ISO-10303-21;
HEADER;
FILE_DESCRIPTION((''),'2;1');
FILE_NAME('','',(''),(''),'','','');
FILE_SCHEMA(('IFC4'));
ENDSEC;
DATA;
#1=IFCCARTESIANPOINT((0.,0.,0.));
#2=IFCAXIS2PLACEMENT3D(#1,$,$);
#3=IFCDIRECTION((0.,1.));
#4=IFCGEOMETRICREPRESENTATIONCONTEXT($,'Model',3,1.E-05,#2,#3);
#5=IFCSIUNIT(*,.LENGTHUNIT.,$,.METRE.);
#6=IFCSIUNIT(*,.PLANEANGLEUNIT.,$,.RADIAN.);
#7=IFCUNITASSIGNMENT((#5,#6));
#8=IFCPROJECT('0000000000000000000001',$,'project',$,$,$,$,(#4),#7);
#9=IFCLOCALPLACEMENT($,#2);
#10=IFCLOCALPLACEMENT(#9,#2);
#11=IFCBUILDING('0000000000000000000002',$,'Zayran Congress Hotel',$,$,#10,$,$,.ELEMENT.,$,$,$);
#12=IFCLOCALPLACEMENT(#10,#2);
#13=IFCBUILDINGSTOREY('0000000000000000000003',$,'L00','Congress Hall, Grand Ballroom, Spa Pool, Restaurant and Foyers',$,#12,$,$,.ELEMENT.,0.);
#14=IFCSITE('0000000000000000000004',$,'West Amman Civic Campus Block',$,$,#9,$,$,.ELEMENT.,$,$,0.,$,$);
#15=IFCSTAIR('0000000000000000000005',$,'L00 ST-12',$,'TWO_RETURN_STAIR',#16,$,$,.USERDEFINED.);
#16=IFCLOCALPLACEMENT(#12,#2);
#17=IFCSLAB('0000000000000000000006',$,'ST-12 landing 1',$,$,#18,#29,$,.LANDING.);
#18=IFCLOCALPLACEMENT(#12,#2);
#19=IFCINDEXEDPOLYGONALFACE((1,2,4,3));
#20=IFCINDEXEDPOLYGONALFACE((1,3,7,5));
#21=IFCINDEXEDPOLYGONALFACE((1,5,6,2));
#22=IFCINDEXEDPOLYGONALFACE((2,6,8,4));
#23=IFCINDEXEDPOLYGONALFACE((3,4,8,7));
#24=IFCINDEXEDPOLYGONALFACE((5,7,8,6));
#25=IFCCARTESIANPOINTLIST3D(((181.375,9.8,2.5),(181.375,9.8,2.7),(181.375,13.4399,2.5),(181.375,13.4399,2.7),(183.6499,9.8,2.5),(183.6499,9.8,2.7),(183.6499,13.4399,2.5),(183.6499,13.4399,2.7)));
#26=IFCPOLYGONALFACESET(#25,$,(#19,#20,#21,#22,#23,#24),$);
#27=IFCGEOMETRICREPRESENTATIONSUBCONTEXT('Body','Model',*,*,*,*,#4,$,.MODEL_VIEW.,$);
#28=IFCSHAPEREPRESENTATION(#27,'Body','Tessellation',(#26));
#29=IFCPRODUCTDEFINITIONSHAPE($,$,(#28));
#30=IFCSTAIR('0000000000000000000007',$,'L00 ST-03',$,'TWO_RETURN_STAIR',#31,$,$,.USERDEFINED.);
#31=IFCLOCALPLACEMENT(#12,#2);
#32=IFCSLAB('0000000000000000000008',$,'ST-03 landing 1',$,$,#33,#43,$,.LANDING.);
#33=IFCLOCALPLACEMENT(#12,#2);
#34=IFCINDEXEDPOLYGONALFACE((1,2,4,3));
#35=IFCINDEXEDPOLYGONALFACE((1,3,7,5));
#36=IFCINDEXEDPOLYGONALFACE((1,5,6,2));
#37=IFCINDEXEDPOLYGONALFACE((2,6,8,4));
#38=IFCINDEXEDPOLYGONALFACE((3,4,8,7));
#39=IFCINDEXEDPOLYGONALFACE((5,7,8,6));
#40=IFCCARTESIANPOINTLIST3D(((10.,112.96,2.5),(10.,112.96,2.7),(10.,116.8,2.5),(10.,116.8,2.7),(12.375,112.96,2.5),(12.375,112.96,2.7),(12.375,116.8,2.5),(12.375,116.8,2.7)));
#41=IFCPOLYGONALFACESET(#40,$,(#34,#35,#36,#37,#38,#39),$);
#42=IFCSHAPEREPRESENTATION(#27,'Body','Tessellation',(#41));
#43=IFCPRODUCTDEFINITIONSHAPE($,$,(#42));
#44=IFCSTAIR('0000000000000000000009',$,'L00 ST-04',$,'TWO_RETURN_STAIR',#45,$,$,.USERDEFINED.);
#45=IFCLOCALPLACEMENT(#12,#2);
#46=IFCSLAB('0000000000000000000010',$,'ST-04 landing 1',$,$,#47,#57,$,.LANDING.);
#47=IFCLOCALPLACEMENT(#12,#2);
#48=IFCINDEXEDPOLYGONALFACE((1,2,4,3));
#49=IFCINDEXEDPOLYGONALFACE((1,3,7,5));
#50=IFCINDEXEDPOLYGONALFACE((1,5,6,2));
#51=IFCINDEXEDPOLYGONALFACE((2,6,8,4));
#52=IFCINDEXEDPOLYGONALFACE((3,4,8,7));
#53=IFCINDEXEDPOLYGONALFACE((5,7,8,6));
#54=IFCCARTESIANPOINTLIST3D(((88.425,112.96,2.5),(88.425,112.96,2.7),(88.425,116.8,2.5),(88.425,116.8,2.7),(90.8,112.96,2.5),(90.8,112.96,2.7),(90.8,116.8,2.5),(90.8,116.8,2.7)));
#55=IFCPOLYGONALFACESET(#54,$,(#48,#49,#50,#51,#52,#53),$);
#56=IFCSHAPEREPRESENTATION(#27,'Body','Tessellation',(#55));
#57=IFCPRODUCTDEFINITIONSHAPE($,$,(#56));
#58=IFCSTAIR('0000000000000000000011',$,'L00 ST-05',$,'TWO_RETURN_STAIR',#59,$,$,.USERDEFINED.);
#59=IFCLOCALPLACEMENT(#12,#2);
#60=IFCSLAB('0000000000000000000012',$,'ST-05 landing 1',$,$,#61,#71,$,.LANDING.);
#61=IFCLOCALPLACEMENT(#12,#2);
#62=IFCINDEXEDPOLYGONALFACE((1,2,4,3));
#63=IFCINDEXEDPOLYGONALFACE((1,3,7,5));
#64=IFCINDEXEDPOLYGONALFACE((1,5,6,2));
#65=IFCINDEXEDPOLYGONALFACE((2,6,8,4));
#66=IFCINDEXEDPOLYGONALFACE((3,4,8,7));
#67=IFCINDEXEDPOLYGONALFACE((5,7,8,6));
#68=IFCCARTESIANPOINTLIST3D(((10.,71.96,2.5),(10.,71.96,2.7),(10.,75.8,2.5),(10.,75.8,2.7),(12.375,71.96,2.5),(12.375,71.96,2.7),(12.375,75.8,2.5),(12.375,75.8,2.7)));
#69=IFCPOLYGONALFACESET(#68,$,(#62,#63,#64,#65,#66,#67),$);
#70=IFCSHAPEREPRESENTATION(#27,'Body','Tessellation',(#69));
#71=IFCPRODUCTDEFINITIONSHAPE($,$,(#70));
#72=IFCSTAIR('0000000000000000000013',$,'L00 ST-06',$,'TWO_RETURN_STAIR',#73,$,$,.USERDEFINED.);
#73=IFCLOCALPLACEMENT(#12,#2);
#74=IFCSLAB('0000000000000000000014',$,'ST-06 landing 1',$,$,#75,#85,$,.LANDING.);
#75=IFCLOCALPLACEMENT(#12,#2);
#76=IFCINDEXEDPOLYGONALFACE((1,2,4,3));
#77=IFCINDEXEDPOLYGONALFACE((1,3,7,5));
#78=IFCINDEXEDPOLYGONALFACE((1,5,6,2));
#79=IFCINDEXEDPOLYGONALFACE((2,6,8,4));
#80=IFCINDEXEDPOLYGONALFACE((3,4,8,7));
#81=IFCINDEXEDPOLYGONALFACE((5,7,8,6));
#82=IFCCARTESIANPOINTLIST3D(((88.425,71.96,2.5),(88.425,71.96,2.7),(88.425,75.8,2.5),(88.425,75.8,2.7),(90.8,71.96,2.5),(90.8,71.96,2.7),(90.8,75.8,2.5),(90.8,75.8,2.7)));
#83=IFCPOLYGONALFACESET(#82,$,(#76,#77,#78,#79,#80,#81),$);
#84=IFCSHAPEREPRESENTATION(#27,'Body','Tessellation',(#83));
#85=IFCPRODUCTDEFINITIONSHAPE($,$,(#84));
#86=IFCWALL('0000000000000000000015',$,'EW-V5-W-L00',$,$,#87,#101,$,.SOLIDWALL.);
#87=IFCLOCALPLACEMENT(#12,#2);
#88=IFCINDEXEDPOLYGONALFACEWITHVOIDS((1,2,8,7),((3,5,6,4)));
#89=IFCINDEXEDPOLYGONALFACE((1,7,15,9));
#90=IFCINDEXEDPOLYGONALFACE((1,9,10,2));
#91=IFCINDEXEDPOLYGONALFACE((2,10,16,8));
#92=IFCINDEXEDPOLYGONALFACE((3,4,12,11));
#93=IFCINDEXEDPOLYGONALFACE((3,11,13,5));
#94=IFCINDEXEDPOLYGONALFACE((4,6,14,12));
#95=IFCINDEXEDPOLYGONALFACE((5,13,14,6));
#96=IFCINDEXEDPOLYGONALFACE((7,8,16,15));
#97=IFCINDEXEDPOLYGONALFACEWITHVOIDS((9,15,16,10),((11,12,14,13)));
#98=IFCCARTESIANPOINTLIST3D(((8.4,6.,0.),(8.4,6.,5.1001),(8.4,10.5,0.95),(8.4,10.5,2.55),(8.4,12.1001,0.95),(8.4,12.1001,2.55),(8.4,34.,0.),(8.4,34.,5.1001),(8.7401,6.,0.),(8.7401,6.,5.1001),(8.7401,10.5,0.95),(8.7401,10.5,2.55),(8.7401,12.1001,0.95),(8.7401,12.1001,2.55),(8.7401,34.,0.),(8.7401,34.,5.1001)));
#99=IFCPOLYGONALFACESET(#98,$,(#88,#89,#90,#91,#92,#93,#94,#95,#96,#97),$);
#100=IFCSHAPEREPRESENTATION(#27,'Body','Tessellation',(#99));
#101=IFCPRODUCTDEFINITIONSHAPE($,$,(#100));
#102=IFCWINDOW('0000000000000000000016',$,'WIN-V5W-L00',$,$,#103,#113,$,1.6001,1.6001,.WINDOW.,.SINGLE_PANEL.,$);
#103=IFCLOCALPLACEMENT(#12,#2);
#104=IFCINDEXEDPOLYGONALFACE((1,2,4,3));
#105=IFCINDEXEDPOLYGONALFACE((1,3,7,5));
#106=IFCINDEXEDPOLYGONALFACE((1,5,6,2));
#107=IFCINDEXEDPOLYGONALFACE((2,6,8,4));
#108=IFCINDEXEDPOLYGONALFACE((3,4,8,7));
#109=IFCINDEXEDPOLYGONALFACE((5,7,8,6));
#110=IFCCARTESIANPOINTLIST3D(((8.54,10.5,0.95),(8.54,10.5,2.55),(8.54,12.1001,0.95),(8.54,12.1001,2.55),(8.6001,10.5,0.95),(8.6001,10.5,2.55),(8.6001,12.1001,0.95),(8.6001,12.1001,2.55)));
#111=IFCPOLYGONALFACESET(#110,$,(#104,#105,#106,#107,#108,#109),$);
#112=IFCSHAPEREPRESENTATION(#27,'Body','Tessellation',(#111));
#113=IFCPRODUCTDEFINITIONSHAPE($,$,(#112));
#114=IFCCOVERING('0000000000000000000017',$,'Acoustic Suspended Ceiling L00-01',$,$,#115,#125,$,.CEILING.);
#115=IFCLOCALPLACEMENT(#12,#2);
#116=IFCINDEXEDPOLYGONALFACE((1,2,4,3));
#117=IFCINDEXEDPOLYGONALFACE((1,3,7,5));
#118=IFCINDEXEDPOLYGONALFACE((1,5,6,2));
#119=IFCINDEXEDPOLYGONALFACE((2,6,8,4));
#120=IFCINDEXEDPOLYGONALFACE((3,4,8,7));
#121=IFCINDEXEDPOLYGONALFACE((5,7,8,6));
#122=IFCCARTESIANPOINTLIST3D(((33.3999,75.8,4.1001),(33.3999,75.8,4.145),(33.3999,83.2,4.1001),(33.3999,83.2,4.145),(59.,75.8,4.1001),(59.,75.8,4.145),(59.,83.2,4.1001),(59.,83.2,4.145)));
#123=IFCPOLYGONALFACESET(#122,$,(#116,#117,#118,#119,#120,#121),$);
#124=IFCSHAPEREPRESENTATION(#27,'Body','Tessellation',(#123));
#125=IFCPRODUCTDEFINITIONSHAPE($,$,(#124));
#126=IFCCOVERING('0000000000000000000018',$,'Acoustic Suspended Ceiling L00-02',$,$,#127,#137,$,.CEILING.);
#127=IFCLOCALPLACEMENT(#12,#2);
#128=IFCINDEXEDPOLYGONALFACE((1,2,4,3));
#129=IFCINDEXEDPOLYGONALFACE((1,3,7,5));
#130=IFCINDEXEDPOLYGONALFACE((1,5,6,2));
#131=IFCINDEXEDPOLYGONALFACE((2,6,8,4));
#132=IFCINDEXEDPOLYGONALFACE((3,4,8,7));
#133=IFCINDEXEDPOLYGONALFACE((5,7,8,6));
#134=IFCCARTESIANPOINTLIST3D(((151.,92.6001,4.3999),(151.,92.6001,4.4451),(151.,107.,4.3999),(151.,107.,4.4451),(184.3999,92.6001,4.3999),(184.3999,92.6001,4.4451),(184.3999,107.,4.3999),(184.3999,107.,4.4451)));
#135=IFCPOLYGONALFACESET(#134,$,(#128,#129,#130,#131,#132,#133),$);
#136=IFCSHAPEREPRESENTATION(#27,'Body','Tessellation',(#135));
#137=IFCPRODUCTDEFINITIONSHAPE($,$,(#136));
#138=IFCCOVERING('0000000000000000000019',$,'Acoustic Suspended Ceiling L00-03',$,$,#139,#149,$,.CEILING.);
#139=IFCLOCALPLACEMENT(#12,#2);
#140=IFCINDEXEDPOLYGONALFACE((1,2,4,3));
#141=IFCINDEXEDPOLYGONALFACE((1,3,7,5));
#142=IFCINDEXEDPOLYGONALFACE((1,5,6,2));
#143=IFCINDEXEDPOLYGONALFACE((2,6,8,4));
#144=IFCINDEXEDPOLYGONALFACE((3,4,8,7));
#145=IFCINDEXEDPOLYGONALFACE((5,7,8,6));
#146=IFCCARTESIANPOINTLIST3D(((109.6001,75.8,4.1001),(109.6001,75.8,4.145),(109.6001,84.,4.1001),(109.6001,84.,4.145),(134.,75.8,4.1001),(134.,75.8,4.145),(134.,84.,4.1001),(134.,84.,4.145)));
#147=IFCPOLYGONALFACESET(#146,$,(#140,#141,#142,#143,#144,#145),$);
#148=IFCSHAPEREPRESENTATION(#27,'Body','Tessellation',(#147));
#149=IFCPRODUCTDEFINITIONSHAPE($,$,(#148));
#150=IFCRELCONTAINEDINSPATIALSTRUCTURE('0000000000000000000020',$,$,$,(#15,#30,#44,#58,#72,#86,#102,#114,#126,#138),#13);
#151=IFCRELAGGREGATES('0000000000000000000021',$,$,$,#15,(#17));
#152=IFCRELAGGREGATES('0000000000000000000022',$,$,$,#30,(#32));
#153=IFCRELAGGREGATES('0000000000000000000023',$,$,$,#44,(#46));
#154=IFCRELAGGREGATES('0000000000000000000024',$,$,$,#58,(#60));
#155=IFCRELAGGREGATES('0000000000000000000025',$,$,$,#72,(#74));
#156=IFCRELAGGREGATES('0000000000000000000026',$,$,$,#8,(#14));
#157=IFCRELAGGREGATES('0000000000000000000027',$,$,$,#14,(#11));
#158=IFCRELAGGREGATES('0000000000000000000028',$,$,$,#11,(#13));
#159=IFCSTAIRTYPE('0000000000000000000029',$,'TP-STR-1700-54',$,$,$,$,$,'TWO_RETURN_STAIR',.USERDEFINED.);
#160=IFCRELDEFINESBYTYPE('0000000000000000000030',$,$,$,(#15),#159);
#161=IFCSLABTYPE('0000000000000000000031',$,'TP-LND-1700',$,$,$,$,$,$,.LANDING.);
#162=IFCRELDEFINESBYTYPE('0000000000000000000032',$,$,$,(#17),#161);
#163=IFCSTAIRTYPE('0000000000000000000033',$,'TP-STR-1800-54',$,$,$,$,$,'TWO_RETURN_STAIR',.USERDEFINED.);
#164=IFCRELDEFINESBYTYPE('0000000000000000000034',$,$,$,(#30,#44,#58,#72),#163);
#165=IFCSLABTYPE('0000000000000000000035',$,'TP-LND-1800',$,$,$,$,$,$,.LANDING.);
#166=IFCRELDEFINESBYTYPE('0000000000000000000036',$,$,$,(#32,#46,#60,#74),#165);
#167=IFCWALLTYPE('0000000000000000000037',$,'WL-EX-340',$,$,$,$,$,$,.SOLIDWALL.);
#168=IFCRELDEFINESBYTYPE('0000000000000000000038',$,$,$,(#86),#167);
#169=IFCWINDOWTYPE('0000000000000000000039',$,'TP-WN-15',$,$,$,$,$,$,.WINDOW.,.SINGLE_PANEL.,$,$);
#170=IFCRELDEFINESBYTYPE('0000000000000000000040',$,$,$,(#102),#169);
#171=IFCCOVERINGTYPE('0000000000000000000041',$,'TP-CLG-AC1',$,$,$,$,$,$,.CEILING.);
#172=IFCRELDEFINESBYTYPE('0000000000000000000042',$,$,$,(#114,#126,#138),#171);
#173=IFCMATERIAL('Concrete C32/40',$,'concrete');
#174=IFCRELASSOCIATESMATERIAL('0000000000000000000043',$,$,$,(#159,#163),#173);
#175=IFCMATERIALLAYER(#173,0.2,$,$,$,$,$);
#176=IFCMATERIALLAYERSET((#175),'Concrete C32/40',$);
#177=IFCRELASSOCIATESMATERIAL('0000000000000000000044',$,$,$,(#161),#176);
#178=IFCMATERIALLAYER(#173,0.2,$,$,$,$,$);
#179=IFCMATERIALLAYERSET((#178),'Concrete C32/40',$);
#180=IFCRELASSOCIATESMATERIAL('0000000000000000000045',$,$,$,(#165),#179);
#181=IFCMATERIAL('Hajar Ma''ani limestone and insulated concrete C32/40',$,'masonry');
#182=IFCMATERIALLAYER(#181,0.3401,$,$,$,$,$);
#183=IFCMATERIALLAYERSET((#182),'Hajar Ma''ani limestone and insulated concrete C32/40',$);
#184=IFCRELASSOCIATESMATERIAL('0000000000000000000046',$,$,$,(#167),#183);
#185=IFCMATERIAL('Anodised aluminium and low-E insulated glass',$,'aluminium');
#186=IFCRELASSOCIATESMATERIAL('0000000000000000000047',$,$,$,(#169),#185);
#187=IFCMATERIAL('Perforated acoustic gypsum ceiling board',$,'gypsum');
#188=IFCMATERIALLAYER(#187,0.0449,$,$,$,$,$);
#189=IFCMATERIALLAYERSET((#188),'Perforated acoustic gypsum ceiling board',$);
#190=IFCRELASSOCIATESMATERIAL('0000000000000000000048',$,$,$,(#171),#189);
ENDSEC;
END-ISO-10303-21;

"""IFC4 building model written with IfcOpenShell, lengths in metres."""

from ifc_helpers import new_model, si_unit, direction, frame, frame_2d, origin, place, context, subcontext, project, spatial, polyline, rectangle, outline, extrude, material, layer, layer_set, type_object, element, fill, aggregate, save


model = new_model("IFC4")

# Units and contexts
model_context = context("Model", 3, precision=1e-05, world=origin(), true_north=direction((0.0, 1.0)))
body_context = subcontext(model_context, "Body", "Model", "MODEL_VIEW")
ifc_project = project(units=[si_unit("LENGTHUNIT", "METRE"), si_unit("PLANEANGLEUNIT", "RADIAN")], contexts=[model_context])

# Site, building, storey
site_placement = place(None, origin())
site = spatial("IfcSite", under=ifc_project, at=site_placement, Name="West Amman Civic Campus Block", CompositionType="ELEMENT", RefElevation=0.0)
building_placement = place(site_placement, origin())
building = spatial("IfcBuilding", under=site, at=building_placement, Name="Zayran Congress Hotel", CompositionType="ELEMENT")
storey_placement = place(building_placement, origin())
storey = spatial("IfcBuildingStorey", under=building, at=storey_placement, Name="L00", Description="Congress Hall, Grand Ballroom, Spa Pool, Restaurant and Foyers", CompositionType="ELEMENT", Elevation=0.0)

# Stairs, slabs
ifc_material_1 = material(Name="Concrete C32/40", Category="concrete")
stair_type_1 = type_object("IfcStairType", Name="TP-STR-1700-54", ElementType="TWO_RETURN_STAIR", PredefinedType="USERDEFINED", material=ifc_material_1)
ifc_layer_1 = layer(ifc_material_1, 0.2)
ifc_layer_set_1 = layer_set([ifc_layer_1], Name="Concrete C32/40")
slab_type_1 = type_object("IfcSlabType", Name="TP-LND-1700", PredefinedType="LANDING", material=ifc_layer_set_1)
stair_1_placement = place(storey_placement, origin())
stair_1 = element("IfcStair", 1, at=stair_1_placement, inside=storey, type_object=stair_type_1, Name="L00 ST-12", ObjectType="TWO_RETURN_STAIR", PredefinedType="USERDEFINED")
slab_1_placement = place(storey_placement, frame((0.0, 0.0, 2.5)))
slab_1 = element("IfcSlab", 2, at=slab_1_placement, type_object=slab_type_1, Name="ST-12 landing 1", PredefinedType="LANDING", context=body_context, shape_type="SweptSolid", body=[
    extrude(outline(polyline([(181.375, 9.8), (183.6499, 9.8), (183.6499, 13.4399), (181.375, 13.4399), (181.375, 9.8)])), origin(), (0.0, 0.0, 1.0), 0.2),
])
aggregate(stair_1, [slab_1])
stair_type_2 = type_object("IfcStairType", Name="TP-STR-1800-54", ElementType="TWO_RETURN_STAIR", PredefinedType="USERDEFINED", material=ifc_material_1)
stair_2_placement = place(storey_placement, origin())
stair_2 = element("IfcStair", 3, at=stair_2_placement, inside=storey, type_object=stair_type_2, Name="L00 ST-03", ObjectType="TWO_RETURN_STAIR", PredefinedType="USERDEFINED")
ifc_layer_2 = layer(ifc_material_1, 0.2)
ifc_layer_set_2 = layer_set([ifc_layer_2], Name="Concrete C32/40")
slab_type_2 = type_object("IfcSlabType", Name="TP-LND-1800", PredefinedType="LANDING", material=ifc_layer_set_2)
slab_2_placement = place(storey_placement, frame((0.0, 0.0, 2.5)))
slab_2 = element("IfcSlab", 4, at=slab_2_placement, type_object=slab_type_2, Name="ST-03 landing 1", PredefinedType="LANDING", context=body_context, shape_type="SweptSolid", body=[
    extrude(outline(polyline([(12.375, 116.8), (10.0, 116.8), (10.0, 112.96), (12.375, 112.96), (12.375, 116.8)])), origin(), (0.0, 0.0, 1.0), 0.2),
])
aggregate(stair_2, [slab_2])
stair_3_placement = place(storey_placement, origin())
stair_3 = element("IfcStair", 5, at=stair_3_placement, inside=storey, type_object=stair_type_2, Name="L00 ST-04", ObjectType="TWO_RETURN_STAIR", PredefinedType="USERDEFINED")
slab_3_placement = place(storey_placement, frame((0.0, 0.0, 2.5)))
slab_3 = element("IfcSlab", 6, at=slab_3_placement, type_object=slab_type_2, Name="ST-04 landing 1", PredefinedType="LANDING", context=body_context, shape_type="SweptSolid", body=[
    extrude(outline(polyline([(88.425, 112.96), (90.8, 112.96), (90.8, 116.8), (88.425, 116.8), (88.425, 112.96)])), origin(), (0.0, 0.0, 1.0), 0.2),
])
aggregate(stair_3, [slab_3])
stair_4_placement = place(storey_placement, origin())
stair_4 = element("IfcStair", 7, at=stair_4_placement, inside=storey, type_object=stair_type_2, Name="L00 ST-05", ObjectType="TWO_RETURN_STAIR", PredefinedType="USERDEFINED")
slab_4_placement = place(storey_placement, frame((0.0, 0.0, 2.5)))
slab_4 = element("IfcSlab", 8, at=slab_4_placement, type_object=slab_type_2, Name="ST-05 landing 1", PredefinedType="LANDING", context=body_context, shape_type="SweptSolid", body=[
    extrude(outline(polyline([(12.375, 75.8), (10.0, 75.8), (10.0, 71.96), (12.375, 71.96), (12.375, 75.8)])), origin(), (0.0, 0.0, 1.0), 0.2),
])
aggregate(stair_4, [slab_4])
stair_5_placement = place(storey_placement, origin())
stair_5 = element("IfcStair", 9, at=stair_5_placement, inside=storey, type_object=stair_type_2, Name="L00 ST-06", ObjectType="TWO_RETURN_STAIR", PredefinedType="USERDEFINED")
slab_5_placement = place(storey_placement, frame((0.0, 0.0, 2.5)))
slab_5 = element("IfcSlab", 10, at=slab_5_placement, type_object=slab_type_2, Name="ST-06 landing 1", PredefinedType="LANDING", context=body_context, shape_type="SweptSolid", body=[
    extrude(outline(polyline([(88.425, 71.96), (90.8, 71.96), (90.8, 75.8), (88.425, 75.8), (88.425, 71.96)])), origin(), (0.0, 0.0, 1.0), 0.2),
])
aggregate(stair_5, [slab_5])

# Wall, opening, window
ifc_material_2 = material(Name="Hajar Ma'ani limestone and insulated concrete C32/40", Category="masonry")
ifc_layer_3 = layer(ifc_material_2, 0.3401)
ifc_layer_set_3 = layer_set([ifc_layer_3], Name="Hajar Ma'ani limestone and insulated concrete C32/40")
wall_type = type_object("IfcWallType", Name="WL-EX-340", PredefinedType="SOLIDWALL", material=ifc_layer_set_3)
wall_placement = place(storey_placement, frame((8.5701, 6.0, 0.0), z_axis=(0.0, 0.0, 1.0), x_axis=(0.0, 1.0, 0.0)))
wall = element("IfcWall", 11, at=wall_placement, inside=storey, type_object=wall_type, Name="EW-V5-W-L00", PredefinedType="SOLIDWALL", context=body_context, shape_type="SweptSolid", body=[
    extrude(rectangle(XDim=28.0, YDim=0.3401, at=frame_2d((14.0, 0.0))), origin(), (0.0, 0.0, 1.0), 5.1001),
])
opening_placement = place(wall_placement, frame((4.5, 0.0, 0.95)))
opening = element("IfcOpeningElement", 12, at=opening_placement, cuts=wall, PredefinedType="OPENING", context=body_context, shape_type="SweptSolid", body=[
    extrude(rectangle(XDim=1.6001, YDim=1.6001, at=frame_2d((0.8, 0.8))), frame((0.0, 0.1799, 0.0), z_axis=(0.0, -1.0, 0.0), x_axis=(1.0, 0.0, 0.0)), (0.0, 0.0, 1.0), 0.3601),
])
ifc_material_3 = material(Name="Anodised aluminium and low-E insulated glass", Category="aluminium")
window_type = type_object("IfcWindowType", Name="TP-WN-15", PartitioningType="SINGLE_PANEL", PredefinedType="WINDOW", material=ifc_material_3)
window_placement = place(opening_placement, origin())
window = element("IfcWindow", 13, at=window_placement, inside=storey, type_object=window_type, Name="WIN-V5W-L00", OverallHeight=1.6001, OverallWidth=1.6001, PartitioningType="SINGLE_PANEL", PredefinedType="WINDOW", context=body_context, shape_type="SweptSolid", body=[
    extrude(rectangle(XDim=1.6001, YDim=1.6001, at=frame_2d((0.8, 0.8))), frame((0.0, 0.03, 0.0), z_axis=(0.0, -1.0, 0.0), x_axis=(1.0, 0.0, 0.0)), (0.0, 0.0, 1.0), 0.0601),
])
fill(opening, window)

# Coverings
ifc_material_4 = material(Name="Perforated acoustic gypsum ceiling board", Category="gypsum")
ifc_layer_4 = layer(ifc_material_4, 0.0449)
ifc_layer_set_4 = layer_set([ifc_layer_4], Name="Perforated acoustic gypsum ceiling board")
covering_type = type_object("IfcCoveringType", Name="TP-CLG-AC1", PredefinedType="CEILING", material=ifc_layer_set_4)
covering_1_placement = place(storey_placement, frame((0.0, 0.0, 4.1001)))
element("IfcCovering", 14, at=covering_1_placement, inside=storey, type_object=covering_type, Name="Acoustic Suspended Ceiling L00-01", PredefinedType="CEILING", context=body_context, shape_type="SweptSolid", body=[
    extrude(outline(polyline([(33.3999, 75.8), (59.0, 75.8), (59.0, 83.2), (33.3999, 83.2), (33.3999, 75.8)])), origin(), (0.0, 0.0, 1.0), 0.0449),
])
covering_2_placement = place(storey_placement, frame((0.0, 0.0, 4.3999)))
element("IfcCovering", 15, at=covering_2_placement, inside=storey, type_object=covering_type, Name="Acoustic Suspended Ceiling L00-02", PredefinedType="CEILING", context=body_context, shape_type="SweptSolid", body=[
    extrude(outline(polyline([(151.0, 92.6001), (184.3999, 92.6001), (184.3999, 107.0), (151.0, 107.0), (151.0, 92.6001)])), origin(), (0.0, 0.0, 1.0), 0.0452),
])
covering_3_placement = place(storey_placement, frame((0.0, 0.0, 4.1001)))
element("IfcCovering", 16, at=covering_3_placement, inside=storey, type_object=covering_type, Name="Acoustic Suspended Ceiling L00-03", PredefinedType="CEILING", context=body_context, shape_type="SweptSolid", body=[
    extrude(outline(polyline([(109.6001, 75.8), (134.0, 75.8), (134.0, 84.0), (109.6001, 84.0), (109.6001, 75.8)])), origin(), (0.0, 0.0, 1.0), 0.0449),
])

save(model, "model.ifc")
